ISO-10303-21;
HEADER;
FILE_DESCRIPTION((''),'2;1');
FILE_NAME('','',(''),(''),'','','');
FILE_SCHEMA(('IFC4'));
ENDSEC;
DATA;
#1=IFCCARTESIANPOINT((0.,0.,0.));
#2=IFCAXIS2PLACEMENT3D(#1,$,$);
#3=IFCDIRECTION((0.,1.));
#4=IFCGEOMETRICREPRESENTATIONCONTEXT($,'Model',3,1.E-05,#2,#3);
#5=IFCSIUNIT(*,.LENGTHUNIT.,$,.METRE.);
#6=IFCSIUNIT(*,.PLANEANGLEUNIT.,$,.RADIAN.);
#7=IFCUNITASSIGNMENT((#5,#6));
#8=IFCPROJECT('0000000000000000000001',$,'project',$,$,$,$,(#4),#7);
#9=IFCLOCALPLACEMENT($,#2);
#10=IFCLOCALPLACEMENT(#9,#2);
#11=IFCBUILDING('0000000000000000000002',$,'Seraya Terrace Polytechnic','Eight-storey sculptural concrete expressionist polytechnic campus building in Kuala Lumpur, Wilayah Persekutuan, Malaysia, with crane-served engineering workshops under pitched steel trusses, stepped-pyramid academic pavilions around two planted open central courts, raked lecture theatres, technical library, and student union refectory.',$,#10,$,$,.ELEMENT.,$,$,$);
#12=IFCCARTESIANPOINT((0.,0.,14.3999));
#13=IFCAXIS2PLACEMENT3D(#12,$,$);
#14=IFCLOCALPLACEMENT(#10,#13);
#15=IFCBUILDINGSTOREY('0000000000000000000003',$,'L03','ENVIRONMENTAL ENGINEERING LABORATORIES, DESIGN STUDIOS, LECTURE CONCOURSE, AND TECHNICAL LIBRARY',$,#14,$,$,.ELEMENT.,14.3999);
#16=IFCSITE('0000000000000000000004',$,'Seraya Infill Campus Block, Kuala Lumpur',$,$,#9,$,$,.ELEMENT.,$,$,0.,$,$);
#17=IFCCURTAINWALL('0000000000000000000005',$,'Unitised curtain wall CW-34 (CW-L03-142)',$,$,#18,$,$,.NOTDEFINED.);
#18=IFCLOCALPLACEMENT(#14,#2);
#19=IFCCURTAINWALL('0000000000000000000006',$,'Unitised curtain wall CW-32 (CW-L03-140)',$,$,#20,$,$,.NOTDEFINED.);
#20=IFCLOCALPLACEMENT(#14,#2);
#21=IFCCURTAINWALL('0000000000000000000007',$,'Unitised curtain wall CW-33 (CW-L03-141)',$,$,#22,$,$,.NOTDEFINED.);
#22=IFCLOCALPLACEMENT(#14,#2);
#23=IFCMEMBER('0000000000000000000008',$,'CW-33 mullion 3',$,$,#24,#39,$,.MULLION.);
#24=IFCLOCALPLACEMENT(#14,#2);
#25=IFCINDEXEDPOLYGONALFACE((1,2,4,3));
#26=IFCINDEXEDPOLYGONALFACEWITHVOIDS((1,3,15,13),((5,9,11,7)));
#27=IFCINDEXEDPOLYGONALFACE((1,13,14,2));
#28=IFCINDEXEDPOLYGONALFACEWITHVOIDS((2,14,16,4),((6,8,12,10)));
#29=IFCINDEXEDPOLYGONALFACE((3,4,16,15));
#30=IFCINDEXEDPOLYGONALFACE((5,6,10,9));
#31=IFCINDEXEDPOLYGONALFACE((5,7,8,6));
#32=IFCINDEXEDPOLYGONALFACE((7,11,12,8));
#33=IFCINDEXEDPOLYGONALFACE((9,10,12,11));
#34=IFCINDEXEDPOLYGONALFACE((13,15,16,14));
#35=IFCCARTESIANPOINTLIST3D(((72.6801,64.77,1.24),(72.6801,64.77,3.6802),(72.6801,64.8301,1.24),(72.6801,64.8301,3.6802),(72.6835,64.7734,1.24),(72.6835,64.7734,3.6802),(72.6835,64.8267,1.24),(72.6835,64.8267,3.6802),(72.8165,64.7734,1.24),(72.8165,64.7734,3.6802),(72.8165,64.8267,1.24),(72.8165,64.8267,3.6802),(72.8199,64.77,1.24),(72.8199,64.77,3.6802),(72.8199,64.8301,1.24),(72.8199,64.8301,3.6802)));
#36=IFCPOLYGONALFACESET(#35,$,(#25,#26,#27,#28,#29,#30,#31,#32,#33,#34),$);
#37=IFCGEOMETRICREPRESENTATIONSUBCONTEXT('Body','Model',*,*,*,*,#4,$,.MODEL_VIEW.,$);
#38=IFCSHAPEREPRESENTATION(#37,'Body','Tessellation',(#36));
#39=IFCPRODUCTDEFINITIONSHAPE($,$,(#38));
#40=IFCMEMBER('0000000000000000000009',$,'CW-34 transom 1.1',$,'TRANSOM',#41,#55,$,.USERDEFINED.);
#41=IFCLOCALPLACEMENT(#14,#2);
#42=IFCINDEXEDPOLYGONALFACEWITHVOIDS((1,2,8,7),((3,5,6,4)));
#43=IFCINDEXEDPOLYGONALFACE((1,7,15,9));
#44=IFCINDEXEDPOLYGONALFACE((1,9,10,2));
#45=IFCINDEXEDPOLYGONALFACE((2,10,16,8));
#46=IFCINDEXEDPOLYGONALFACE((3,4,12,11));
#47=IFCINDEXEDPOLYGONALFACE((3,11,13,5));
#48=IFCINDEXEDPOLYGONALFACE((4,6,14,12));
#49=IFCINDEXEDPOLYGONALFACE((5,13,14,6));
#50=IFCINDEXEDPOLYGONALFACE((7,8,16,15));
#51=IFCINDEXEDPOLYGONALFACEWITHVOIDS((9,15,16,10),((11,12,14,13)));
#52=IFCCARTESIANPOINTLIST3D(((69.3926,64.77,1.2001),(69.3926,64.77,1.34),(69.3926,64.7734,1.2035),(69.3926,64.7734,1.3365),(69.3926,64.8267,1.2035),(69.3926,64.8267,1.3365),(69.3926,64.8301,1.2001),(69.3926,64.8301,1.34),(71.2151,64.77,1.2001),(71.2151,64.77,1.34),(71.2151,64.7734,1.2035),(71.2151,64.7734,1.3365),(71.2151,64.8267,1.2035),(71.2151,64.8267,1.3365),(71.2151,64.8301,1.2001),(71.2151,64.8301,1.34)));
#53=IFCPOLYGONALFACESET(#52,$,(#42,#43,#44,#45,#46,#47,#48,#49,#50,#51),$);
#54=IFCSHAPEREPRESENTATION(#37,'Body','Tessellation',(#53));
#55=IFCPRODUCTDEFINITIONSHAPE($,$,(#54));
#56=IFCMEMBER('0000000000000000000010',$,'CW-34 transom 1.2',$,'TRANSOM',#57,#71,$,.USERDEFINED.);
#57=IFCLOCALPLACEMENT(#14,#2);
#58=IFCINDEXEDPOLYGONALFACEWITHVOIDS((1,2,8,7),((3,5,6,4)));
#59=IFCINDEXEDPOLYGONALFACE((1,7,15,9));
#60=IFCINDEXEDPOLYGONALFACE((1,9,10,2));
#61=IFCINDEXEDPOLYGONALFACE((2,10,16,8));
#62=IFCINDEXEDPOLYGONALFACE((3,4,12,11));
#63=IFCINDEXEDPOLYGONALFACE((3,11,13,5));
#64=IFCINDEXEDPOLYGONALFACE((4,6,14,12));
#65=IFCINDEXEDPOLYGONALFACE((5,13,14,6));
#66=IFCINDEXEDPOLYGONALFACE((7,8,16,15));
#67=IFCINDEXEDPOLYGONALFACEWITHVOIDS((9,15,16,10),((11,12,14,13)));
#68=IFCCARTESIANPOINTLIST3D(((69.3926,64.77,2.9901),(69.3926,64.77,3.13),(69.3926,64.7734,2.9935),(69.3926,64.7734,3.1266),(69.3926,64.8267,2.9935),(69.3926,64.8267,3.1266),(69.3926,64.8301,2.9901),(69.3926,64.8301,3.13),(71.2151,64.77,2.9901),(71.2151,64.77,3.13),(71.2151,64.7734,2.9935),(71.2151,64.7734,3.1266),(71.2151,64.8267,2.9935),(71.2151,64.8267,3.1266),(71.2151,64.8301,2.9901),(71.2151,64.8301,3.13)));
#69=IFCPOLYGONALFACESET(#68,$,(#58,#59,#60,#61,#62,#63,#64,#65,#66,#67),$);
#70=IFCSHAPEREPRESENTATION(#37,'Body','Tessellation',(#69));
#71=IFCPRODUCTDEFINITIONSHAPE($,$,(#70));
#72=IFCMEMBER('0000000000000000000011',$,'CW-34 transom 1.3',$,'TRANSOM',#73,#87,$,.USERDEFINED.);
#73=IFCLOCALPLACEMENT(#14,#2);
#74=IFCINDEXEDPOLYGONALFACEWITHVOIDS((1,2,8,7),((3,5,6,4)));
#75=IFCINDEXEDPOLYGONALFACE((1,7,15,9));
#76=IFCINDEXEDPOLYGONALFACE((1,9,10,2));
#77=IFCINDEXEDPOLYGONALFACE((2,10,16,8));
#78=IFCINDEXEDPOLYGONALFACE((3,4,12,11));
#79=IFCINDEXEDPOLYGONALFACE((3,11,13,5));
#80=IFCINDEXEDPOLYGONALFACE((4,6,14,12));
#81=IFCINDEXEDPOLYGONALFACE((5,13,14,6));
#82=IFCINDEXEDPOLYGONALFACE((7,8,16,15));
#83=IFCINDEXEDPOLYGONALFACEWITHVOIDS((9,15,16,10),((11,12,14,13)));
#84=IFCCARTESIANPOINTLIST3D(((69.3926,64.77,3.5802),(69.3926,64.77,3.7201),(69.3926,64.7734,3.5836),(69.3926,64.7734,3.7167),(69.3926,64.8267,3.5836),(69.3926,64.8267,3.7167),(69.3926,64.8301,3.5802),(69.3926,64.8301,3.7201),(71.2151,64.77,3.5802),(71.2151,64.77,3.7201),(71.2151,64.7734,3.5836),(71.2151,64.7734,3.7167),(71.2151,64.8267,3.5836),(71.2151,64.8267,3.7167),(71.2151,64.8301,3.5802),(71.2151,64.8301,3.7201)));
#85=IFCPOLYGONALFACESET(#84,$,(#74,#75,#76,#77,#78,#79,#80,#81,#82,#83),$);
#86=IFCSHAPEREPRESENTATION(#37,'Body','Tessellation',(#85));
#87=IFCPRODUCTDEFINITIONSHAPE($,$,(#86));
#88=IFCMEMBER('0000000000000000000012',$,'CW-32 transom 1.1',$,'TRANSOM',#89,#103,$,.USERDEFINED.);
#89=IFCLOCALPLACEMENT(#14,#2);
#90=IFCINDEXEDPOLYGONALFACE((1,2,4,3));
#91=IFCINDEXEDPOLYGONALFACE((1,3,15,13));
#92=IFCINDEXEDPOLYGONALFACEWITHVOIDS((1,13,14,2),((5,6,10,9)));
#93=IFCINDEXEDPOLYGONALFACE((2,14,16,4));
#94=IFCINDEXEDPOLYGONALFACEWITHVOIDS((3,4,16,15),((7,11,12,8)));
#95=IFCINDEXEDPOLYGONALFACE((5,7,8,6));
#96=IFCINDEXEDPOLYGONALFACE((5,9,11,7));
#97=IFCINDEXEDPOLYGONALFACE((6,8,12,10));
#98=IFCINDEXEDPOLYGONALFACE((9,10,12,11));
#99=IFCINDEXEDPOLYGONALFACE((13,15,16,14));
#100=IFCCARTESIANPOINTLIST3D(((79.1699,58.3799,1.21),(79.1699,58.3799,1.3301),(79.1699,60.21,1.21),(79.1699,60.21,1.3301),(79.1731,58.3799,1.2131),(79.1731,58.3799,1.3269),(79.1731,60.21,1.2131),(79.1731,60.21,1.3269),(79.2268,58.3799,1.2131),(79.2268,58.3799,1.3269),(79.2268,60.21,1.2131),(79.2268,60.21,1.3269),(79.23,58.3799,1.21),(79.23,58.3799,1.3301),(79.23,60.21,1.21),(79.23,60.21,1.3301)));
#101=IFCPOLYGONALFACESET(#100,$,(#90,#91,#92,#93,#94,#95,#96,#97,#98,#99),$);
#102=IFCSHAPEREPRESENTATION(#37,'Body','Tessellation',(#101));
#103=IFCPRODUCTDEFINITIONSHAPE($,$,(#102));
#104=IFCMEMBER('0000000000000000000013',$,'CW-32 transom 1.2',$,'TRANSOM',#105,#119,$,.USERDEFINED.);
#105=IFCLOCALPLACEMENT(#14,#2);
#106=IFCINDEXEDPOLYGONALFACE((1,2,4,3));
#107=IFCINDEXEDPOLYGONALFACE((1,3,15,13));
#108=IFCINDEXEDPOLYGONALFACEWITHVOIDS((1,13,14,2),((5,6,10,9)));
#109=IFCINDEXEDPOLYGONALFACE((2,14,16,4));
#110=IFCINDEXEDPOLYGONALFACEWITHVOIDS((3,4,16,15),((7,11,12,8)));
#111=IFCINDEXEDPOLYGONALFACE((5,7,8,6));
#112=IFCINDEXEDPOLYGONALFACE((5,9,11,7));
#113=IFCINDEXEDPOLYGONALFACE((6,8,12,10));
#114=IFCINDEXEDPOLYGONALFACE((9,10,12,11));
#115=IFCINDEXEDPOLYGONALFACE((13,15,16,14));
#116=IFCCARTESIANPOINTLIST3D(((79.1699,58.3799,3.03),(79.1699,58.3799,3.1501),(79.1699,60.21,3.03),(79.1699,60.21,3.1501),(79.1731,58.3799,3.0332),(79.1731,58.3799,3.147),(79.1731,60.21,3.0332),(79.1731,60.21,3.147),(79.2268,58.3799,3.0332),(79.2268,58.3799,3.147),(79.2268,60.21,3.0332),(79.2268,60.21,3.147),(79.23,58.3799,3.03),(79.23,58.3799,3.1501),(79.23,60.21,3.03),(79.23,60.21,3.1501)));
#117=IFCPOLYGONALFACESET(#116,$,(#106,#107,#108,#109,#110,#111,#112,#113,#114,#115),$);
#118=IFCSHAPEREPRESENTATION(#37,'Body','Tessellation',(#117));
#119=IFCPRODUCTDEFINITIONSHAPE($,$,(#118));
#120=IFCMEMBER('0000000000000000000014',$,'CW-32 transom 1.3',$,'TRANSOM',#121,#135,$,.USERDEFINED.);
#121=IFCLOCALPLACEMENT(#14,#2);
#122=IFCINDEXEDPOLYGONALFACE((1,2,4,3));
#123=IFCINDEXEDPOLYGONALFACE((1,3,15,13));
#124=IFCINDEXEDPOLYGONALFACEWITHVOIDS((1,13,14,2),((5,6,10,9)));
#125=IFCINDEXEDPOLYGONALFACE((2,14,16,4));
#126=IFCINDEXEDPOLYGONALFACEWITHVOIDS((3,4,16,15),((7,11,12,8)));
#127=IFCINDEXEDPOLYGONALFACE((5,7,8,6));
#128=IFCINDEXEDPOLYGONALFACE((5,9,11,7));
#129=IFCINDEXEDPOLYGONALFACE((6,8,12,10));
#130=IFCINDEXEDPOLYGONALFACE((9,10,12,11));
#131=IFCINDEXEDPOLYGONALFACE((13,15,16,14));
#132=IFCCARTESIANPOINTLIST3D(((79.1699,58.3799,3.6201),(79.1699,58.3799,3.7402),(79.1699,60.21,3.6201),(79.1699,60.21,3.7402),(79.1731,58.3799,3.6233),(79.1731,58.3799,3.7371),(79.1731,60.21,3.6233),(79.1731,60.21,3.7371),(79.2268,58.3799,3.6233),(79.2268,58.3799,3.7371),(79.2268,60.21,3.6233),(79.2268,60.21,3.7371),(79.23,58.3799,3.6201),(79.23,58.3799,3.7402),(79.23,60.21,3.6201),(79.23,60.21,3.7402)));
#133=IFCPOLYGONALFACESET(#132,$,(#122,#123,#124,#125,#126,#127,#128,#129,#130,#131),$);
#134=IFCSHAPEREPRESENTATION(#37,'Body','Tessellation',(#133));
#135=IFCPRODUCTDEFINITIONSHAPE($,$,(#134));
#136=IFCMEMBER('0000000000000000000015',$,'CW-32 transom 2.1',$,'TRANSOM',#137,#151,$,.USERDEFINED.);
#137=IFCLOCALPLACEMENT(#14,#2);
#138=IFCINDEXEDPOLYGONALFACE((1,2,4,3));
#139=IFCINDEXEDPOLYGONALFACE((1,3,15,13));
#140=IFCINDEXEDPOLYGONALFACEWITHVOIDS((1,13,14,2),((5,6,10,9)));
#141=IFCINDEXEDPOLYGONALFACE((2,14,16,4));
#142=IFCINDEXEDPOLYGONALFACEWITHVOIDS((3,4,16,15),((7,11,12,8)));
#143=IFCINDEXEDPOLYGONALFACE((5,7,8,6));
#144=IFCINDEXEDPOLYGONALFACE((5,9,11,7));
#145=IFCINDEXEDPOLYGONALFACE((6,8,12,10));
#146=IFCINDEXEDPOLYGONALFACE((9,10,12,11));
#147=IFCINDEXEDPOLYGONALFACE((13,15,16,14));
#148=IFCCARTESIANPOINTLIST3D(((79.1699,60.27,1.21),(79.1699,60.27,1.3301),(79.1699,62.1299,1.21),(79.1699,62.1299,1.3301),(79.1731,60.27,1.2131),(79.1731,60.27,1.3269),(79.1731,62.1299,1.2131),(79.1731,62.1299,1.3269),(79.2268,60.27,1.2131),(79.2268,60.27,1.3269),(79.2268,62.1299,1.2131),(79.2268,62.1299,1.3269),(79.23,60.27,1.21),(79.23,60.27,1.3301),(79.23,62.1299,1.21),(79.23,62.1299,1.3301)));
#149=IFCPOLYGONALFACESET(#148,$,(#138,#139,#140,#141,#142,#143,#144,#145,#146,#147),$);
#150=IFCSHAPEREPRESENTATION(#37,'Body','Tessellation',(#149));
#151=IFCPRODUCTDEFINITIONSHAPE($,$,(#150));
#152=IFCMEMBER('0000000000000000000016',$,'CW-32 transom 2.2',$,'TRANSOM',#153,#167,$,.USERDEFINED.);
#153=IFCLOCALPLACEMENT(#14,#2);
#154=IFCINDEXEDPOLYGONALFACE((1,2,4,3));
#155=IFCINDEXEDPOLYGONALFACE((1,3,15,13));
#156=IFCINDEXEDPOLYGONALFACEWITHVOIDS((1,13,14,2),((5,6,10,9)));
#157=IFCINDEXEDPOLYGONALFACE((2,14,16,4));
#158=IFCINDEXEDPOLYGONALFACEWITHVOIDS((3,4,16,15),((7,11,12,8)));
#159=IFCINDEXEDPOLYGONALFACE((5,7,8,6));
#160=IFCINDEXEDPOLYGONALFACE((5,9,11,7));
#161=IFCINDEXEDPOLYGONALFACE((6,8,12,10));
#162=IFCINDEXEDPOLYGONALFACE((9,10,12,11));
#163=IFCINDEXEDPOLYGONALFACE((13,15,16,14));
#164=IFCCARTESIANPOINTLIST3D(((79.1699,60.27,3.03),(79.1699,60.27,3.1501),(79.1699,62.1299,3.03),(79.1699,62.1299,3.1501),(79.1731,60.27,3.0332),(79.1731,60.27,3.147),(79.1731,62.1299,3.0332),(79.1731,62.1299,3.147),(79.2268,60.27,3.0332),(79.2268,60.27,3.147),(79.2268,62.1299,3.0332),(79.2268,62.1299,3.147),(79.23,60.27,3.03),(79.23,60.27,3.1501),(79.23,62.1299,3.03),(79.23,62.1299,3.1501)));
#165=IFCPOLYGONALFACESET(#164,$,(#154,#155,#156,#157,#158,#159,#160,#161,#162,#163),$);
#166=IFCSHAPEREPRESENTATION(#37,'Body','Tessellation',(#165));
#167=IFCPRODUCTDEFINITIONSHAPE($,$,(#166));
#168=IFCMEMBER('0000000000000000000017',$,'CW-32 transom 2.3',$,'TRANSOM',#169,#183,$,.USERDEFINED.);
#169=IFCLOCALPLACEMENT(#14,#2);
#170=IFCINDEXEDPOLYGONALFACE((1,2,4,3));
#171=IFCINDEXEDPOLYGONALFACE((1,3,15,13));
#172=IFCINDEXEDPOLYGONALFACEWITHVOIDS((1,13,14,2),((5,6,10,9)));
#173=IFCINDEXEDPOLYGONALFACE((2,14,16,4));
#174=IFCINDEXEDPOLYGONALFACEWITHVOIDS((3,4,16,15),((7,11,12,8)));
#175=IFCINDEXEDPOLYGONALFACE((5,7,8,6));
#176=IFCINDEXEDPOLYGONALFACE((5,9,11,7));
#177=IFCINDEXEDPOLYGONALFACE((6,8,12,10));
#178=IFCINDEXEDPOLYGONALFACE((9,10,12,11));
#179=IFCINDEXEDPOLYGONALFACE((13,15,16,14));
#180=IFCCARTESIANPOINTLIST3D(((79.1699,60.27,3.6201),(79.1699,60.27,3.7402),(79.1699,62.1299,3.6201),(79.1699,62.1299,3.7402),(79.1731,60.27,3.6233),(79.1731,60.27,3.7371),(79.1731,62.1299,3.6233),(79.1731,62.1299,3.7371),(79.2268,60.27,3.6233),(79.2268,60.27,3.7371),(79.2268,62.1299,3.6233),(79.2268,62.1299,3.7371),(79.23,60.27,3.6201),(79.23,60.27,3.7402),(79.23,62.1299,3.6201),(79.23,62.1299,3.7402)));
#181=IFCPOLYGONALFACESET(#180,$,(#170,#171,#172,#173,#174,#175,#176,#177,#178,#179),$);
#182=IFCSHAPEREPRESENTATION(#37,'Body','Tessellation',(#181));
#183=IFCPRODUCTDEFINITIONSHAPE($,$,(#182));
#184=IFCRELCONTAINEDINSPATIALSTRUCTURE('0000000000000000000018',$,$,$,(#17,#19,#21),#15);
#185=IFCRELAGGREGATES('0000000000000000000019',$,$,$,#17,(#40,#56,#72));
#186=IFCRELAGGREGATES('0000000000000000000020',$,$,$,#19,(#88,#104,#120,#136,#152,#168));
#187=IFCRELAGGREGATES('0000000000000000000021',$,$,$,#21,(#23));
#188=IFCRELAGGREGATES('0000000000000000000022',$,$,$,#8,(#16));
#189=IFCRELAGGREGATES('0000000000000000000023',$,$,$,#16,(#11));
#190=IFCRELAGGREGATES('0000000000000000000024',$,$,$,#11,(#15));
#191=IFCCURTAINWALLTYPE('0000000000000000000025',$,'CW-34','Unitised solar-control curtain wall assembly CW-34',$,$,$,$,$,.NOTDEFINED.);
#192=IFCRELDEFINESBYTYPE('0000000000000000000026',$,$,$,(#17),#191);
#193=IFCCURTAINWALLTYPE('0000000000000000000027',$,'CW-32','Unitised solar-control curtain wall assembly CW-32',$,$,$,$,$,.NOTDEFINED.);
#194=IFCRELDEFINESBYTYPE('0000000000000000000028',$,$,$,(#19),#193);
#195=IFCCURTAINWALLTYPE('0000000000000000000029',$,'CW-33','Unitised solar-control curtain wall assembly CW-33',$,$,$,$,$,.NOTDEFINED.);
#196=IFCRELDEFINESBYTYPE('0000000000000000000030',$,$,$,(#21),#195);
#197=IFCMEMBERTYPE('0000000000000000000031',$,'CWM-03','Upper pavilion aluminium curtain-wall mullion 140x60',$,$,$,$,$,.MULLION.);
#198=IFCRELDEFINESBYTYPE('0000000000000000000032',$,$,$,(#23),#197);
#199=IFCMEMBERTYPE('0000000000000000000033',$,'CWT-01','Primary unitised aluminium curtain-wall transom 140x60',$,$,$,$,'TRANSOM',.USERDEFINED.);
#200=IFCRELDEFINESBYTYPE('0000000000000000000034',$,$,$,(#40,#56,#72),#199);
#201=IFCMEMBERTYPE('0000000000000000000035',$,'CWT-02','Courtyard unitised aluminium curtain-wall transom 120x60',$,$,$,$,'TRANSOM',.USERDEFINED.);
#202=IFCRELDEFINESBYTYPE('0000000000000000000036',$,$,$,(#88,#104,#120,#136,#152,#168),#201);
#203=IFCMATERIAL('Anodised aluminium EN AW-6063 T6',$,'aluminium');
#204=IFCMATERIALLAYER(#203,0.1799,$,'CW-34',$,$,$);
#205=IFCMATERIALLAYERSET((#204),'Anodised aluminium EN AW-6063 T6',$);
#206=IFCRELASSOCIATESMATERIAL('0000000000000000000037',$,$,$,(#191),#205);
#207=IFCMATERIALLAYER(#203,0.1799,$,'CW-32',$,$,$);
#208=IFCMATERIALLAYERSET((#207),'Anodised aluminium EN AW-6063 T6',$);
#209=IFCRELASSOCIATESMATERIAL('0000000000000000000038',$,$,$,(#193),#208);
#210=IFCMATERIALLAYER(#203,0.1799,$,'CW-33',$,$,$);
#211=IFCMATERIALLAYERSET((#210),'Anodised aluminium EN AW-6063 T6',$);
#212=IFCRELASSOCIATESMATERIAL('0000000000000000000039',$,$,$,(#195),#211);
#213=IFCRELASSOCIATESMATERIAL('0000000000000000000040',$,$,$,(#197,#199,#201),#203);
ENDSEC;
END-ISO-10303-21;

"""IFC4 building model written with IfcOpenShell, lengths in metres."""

from ifc_helpers import new_model, si_unit, direction, frame, origin, origin_2d, place, context, subcontext, project, spatial, hollow_rectangle, extrude, material, layer, layer_set, material_profile, profile_set, type_object, element, aggregate, save


model = new_model("IFC4")

# Units and contexts
model_context = context("Model", 3, precision=1e-05, world=origin(), true_north=direction((0.0, 1.0)))
body_context = subcontext(model_context, "Body", "Model", "MODEL_VIEW")
ifc_project = project(units=[si_unit("LENGTHUNIT", "METRE"), si_unit("PLANEANGLEUNIT", "RADIAN")], contexts=[model_context])

# Site, building, storey
site_placement = place(None, origin())
site = spatial("IfcSite", under=ifc_project, at=site_placement, Name="Seraya Infill Campus Block, Kuala Lumpur", CompositionType="ELEMENT", RefElevation=0.0)
building_placement = place(site_placement, origin())
building = spatial("IfcBuilding", under=site, at=building_placement, Name="Seraya Terrace Polytechnic", Description="Eight-storey sculptural concrete expressionist polytechnic campus building in Kuala Lumpur, Wilayah Persekutuan, Malaysia, with crane-served engineering workshops under pitched steel trusses, stepped-pyramid academic pavilions around two planted open central courts, raked lecture theatres, technical library, and student union refectory.", CompositionType="ELEMENT")
storey_placement = place(building_placement, frame((0.0, 0.0, 14.3999)))
storey = spatial("IfcBuildingStorey", under=building, at=storey_placement, Name="L03", Description="ENVIRONMENTAL ENGINEERING LABORATORIES, DESIGN STUDIOS, LECTURE CONCOURSE, AND TECHNICAL LIBRARY", CompositionType="ELEMENT", Elevation=14.3999)

# Curtain wall
ifc_material_1 = material(Name="Anodised aluminium EN AW-6063 T6", Category="aluminium")
ifc_layer_1 = layer(ifc_material_1, 0.1799, Name="CW-34")
ifc_layer_set_1 = layer_set([ifc_layer_1], Name="Anodised aluminium EN AW-6063 T6")
curtain_wall_type_1 = type_object("IfcCurtainWallType", Name="CW-34", Description="Unitised solar-control curtain wall assembly CW-34", PredefinedType="NOTDEFINED", material=ifc_layer_set_1)
curtain_wall_1_placement = place(storey_placement, origin())
curtain_wall_1 = element("IfcCurtainWall", 1, at=curtain_wall_1_placement, inside=storey, type_object=curtain_wall_type_1, Name="Unitised curtain wall CW-34 (CW-L03-142)", PredefinedType="NOTDEFINED")

# Curtain wall
ifc_layer_2 = layer(ifc_material_1, 0.1799, Name="CW-32")
ifc_layer_set_2 = layer_set([ifc_layer_2], Name="Anodised aluminium EN AW-6063 T6")
curtain_wall_type_2 = type_object("IfcCurtainWallType", Name="CW-32", Description="Unitised solar-control curtain wall assembly CW-32", PredefinedType="NOTDEFINED", material=ifc_layer_set_2)
curtain_wall_2_placement = place(storey_placement, origin())
curtain_wall_2 = element("IfcCurtainWall", 2, at=curtain_wall_2_placement, inside=storey, type_object=curtain_wall_type_2, Name="Unitised curtain wall CW-32 (CW-L03-140)", PredefinedType="NOTDEFINED")

# Curtain wall, member
ifc_layer_3 = layer(ifc_material_1, 0.1799, Name="CW-33")
ifc_layer_set_3 = layer_set([ifc_layer_3], Name="Anodised aluminium EN AW-6063 T6")
curtain_wall_type_3 = type_object("IfcCurtainWallType", Name="CW-33", Description="Unitised solar-control curtain wall assembly CW-33", PredefinedType="NOTDEFINED", material=ifc_layer_set_3)
curtain_wall_3_placement = place(storey_placement, origin())
curtain_wall_3 = element("IfcCurtainWall", 3, at=curtain_wall_3_placement, inside=storey, type_object=curtain_wall_type_3, Name="Unitised curtain wall CW-33 (CW-L03-141)", PredefinedType="NOTDEFINED")
ifc_material_profile_1 = material_profile(ifc_material_1, hollow_rectangle(XDim=0.0601, YDim=0.1399, WallThickness=0.0034, at=origin_2d()), Name="RHS 140x60x3.5")
ifc_profile_set_1 = profile_set([ifc_material_profile_1], Name="Anodised aluminium EN AW-6063 T6")
member_type_1 = type_object("IfcMemberType", Name="CWM-03", Description="Upper pavilion aluminium curtain-wall mullion 140x60", PredefinedType="MULLION", material=ifc_profile_set_1)
member_1_placement = place(storey_placement, frame((72.75, 64.8, 1.24), z_axis=(0.0, 0.0, 1.0), x_axis=(0.0, -1.0, 0.0)))
member_1 = element("IfcMember", 4, at=member_1_placement, type_object=member_type_1, Name="CW-33 mullion 3", PredefinedType="MULLION", context=body_context, shape_type="SweptSolid", body=[
    extrude(hollow_rectangle(XDim=0.0601, YDim=0.1399, WallThickness=0.0034, at=origin_2d()), origin(), (0.0, 0.0, 1.0), 2.4402),
])

# Members
ifc_material_profile_2 = material_profile(ifc_material_1, hollow_rectangle(XDim=0.0601, YDim=0.1399, WallThickness=0.0034, at=origin_2d()), Name="RHS 140x60x3.5")
ifc_profile_set_2 = profile_set([ifc_material_profile_2], Name="Anodised aluminium EN AW-6063 T6")
member_type_2 = type_object("IfcMemberType", Name="CWT-01", Description="Primary unitised aluminium curtain-wall transom 140x60", ElementType="TRANSOM", PredefinedType="USERDEFINED", material=ifc_profile_set_2)
member_2_placement = place(storey_placement, frame((71.2151, 64.8, 1.27), z_axis=(-1.0, 0.0, 0.0), x_axis=(0.0, -1.0, 0.0)))
member_2 = element("IfcMember", 5, at=member_2_placement, type_object=member_type_2, Name="CW-34 transom 1.1", ObjectType="TRANSOM", PredefinedType="USERDEFINED", context=body_context, shape_type="SweptSolid", body=[
    extrude(hollow_rectangle(XDim=0.0601, YDim=0.1399, WallThickness=0.0034, at=origin_2d()), origin(), (0.0, 0.0, 1.0), 1.8225),
])
member_3_placement = place(storey_placement, frame((71.2151, 64.8, 3.0601), z_axis=(-1.0, 0.0, 0.0), x_axis=(0.0, -1.0, 0.0)))
member_3 = element("IfcMember", 6, at=member_3_placement, type_object=member_type_2, Name="CW-34 transom 1.2", ObjectType="TRANSOM", PredefinedType="USERDEFINED", context=body_context, shape_type="SweptSolid", body=[
    extrude(hollow_rectangle(XDim=0.0601, YDim=0.1399, WallThickness=0.0034, at=origin_2d()), origin(), (0.0, 0.0, 1.0), 1.8225),
])
member_4_placement = place(storey_placement, frame((71.2151, 64.8, 3.6501), z_axis=(-1.0, 0.0, 0.0), x_axis=(0.0, -1.0, 0.0)))
member_4 = element("IfcMember", 7, at=member_4_placement, type_object=member_type_2, Name="CW-34 transom 1.3", ObjectType="TRANSOM", PredefinedType="USERDEFINED", context=body_context, shape_type="SweptSolid", body=[
    extrude(hollow_rectangle(XDim=0.0601, YDim=0.1399, WallThickness=0.0034, at=origin_2d()), origin(), (0.0, 0.0, 1.0), 1.8225),
])
aggregate(curtain_wall_1, [member_2, member_3, member_4])
ifc_material_profile_3 = material_profile(ifc_material_1, hollow_rectangle(XDim=0.0601, YDim=0.1201, WallThickness=0.0032, at=origin_2d()), Name="RHS 120x60x3.2")
ifc_profile_set_3 = profile_set([ifc_material_profile_3], Name="Anodised aluminium EN AW-6063 T6")
member_type_3 = type_object("IfcMemberType", Name="CWT-02", Description="Courtyard unitised aluminium curtain-wall transom 120x60", ElementType="TRANSOM", PredefinedType="USERDEFINED", material=ifc_profile_set_3)
member_5_placement = place(storey_placement, frame((79.2, 58.3799, 1.27), z_axis=(0.0, 1.0, 0.0), x_axis=(-1.0, 0.0, 0.0)))
member_5 = element("IfcMember", 8, at=member_5_placement, type_object=member_type_3, Name="CW-32 transom 1.1", ObjectType="TRANSOM", PredefinedType="USERDEFINED", context=body_context, shape_type="SweptSolid", body=[
    extrude(hollow_rectangle(XDim=0.0601, YDim=0.1201, WallThickness=0.0032, at=origin_2d()), origin(), (0.0, 0.0, 1.0), 1.8301),
])
member_6_placement = place(storey_placement, frame((79.2, 58.3799, 3.0901), z_axis=(0.0, 1.0, 0.0), x_axis=(-1.0, 0.0, 0.0)))
member_6 = element("IfcMember", 9, at=member_6_placement, type_object=member_type_3, Name="CW-32 transom 1.2", ObjectType="TRANSOM", PredefinedType="USERDEFINED", context=body_context, shape_type="SweptSolid", body=[
    extrude(hollow_rectangle(XDim=0.0601, YDim=0.1201, WallThickness=0.0032, at=origin_2d()), origin(), (0.0, 0.0, 1.0), 1.8301),
])
member_7_placement = place(storey_placement, frame((79.2, 58.3799, 3.6802), z_axis=(0.0, 1.0, 0.0), x_axis=(-1.0, 0.0, 0.0)))
member_7 = element("IfcMember", 10, at=member_7_placement, type_object=member_type_3, Name="CW-32 transom 1.3", ObjectType="TRANSOM", PredefinedType="USERDEFINED", context=body_context, shape_type="SweptSolid", body=[
    extrude(hollow_rectangle(XDim=0.0601, YDim=0.1201, WallThickness=0.0032, at=origin_2d()), origin(), (0.0, 0.0, 1.0), 1.8301),
])
member_8_placement = place(storey_placement, frame((79.2, 60.27, 1.27), z_axis=(0.0, 1.0, 0.0), x_axis=(-1.0, 0.0, 0.0)))
member_8 = element("IfcMember", 11, at=member_8_placement, type_object=member_type_3, Name="CW-32 transom 2.1", ObjectType="TRANSOM", PredefinedType="USERDEFINED", context=body_context, shape_type="SweptSolid", body=[
    extrude(hollow_rectangle(XDim=0.0601, YDim=0.1201, WallThickness=0.0032, at=origin_2d()), origin(), (0.0, 0.0, 1.0), 1.8599),
])
member_9_placement = place(storey_placement, frame((79.2, 60.27, 3.0901), z_axis=(0.0, 1.0, 0.0), x_axis=(-1.0, 0.0, 0.0)))
member_9 = element("IfcMember", 12, at=member_9_placement, type_object=member_type_3, Name="CW-32 transom 2.2", ObjectType="TRANSOM", PredefinedType="USERDEFINED", context=body_context, shape_type="SweptSolid", body=[
    extrude(hollow_rectangle(XDim=0.0601, YDim=0.1201, WallThickness=0.0032, at=origin_2d()), origin(), (0.0, 0.0, 1.0), 1.8599),
])
member_10_placement = place(storey_placement, frame((79.2, 60.27, 3.6802), z_axis=(0.0, 1.0, 0.0), x_axis=(-1.0, 0.0, 0.0)))
member_10 = element("IfcMember", 13, at=member_10_placement, type_object=member_type_3, Name="CW-32 transom 2.3", ObjectType="TRANSOM", PredefinedType="USERDEFINED", context=body_context, shape_type="SweptSolid", body=[
    extrude(hollow_rectangle(XDim=0.0601, YDim=0.1201, WallThickness=0.0032, at=origin_2d()), origin(), (0.0, 0.0, 1.0), 1.8599),
])

aggregate(curtain_wall_2, [member_5, member_6, member_7, member_8, member_9, member_10])
aggregate(curtain_wall_3, [member_1])

save(model, "model.ifc")
